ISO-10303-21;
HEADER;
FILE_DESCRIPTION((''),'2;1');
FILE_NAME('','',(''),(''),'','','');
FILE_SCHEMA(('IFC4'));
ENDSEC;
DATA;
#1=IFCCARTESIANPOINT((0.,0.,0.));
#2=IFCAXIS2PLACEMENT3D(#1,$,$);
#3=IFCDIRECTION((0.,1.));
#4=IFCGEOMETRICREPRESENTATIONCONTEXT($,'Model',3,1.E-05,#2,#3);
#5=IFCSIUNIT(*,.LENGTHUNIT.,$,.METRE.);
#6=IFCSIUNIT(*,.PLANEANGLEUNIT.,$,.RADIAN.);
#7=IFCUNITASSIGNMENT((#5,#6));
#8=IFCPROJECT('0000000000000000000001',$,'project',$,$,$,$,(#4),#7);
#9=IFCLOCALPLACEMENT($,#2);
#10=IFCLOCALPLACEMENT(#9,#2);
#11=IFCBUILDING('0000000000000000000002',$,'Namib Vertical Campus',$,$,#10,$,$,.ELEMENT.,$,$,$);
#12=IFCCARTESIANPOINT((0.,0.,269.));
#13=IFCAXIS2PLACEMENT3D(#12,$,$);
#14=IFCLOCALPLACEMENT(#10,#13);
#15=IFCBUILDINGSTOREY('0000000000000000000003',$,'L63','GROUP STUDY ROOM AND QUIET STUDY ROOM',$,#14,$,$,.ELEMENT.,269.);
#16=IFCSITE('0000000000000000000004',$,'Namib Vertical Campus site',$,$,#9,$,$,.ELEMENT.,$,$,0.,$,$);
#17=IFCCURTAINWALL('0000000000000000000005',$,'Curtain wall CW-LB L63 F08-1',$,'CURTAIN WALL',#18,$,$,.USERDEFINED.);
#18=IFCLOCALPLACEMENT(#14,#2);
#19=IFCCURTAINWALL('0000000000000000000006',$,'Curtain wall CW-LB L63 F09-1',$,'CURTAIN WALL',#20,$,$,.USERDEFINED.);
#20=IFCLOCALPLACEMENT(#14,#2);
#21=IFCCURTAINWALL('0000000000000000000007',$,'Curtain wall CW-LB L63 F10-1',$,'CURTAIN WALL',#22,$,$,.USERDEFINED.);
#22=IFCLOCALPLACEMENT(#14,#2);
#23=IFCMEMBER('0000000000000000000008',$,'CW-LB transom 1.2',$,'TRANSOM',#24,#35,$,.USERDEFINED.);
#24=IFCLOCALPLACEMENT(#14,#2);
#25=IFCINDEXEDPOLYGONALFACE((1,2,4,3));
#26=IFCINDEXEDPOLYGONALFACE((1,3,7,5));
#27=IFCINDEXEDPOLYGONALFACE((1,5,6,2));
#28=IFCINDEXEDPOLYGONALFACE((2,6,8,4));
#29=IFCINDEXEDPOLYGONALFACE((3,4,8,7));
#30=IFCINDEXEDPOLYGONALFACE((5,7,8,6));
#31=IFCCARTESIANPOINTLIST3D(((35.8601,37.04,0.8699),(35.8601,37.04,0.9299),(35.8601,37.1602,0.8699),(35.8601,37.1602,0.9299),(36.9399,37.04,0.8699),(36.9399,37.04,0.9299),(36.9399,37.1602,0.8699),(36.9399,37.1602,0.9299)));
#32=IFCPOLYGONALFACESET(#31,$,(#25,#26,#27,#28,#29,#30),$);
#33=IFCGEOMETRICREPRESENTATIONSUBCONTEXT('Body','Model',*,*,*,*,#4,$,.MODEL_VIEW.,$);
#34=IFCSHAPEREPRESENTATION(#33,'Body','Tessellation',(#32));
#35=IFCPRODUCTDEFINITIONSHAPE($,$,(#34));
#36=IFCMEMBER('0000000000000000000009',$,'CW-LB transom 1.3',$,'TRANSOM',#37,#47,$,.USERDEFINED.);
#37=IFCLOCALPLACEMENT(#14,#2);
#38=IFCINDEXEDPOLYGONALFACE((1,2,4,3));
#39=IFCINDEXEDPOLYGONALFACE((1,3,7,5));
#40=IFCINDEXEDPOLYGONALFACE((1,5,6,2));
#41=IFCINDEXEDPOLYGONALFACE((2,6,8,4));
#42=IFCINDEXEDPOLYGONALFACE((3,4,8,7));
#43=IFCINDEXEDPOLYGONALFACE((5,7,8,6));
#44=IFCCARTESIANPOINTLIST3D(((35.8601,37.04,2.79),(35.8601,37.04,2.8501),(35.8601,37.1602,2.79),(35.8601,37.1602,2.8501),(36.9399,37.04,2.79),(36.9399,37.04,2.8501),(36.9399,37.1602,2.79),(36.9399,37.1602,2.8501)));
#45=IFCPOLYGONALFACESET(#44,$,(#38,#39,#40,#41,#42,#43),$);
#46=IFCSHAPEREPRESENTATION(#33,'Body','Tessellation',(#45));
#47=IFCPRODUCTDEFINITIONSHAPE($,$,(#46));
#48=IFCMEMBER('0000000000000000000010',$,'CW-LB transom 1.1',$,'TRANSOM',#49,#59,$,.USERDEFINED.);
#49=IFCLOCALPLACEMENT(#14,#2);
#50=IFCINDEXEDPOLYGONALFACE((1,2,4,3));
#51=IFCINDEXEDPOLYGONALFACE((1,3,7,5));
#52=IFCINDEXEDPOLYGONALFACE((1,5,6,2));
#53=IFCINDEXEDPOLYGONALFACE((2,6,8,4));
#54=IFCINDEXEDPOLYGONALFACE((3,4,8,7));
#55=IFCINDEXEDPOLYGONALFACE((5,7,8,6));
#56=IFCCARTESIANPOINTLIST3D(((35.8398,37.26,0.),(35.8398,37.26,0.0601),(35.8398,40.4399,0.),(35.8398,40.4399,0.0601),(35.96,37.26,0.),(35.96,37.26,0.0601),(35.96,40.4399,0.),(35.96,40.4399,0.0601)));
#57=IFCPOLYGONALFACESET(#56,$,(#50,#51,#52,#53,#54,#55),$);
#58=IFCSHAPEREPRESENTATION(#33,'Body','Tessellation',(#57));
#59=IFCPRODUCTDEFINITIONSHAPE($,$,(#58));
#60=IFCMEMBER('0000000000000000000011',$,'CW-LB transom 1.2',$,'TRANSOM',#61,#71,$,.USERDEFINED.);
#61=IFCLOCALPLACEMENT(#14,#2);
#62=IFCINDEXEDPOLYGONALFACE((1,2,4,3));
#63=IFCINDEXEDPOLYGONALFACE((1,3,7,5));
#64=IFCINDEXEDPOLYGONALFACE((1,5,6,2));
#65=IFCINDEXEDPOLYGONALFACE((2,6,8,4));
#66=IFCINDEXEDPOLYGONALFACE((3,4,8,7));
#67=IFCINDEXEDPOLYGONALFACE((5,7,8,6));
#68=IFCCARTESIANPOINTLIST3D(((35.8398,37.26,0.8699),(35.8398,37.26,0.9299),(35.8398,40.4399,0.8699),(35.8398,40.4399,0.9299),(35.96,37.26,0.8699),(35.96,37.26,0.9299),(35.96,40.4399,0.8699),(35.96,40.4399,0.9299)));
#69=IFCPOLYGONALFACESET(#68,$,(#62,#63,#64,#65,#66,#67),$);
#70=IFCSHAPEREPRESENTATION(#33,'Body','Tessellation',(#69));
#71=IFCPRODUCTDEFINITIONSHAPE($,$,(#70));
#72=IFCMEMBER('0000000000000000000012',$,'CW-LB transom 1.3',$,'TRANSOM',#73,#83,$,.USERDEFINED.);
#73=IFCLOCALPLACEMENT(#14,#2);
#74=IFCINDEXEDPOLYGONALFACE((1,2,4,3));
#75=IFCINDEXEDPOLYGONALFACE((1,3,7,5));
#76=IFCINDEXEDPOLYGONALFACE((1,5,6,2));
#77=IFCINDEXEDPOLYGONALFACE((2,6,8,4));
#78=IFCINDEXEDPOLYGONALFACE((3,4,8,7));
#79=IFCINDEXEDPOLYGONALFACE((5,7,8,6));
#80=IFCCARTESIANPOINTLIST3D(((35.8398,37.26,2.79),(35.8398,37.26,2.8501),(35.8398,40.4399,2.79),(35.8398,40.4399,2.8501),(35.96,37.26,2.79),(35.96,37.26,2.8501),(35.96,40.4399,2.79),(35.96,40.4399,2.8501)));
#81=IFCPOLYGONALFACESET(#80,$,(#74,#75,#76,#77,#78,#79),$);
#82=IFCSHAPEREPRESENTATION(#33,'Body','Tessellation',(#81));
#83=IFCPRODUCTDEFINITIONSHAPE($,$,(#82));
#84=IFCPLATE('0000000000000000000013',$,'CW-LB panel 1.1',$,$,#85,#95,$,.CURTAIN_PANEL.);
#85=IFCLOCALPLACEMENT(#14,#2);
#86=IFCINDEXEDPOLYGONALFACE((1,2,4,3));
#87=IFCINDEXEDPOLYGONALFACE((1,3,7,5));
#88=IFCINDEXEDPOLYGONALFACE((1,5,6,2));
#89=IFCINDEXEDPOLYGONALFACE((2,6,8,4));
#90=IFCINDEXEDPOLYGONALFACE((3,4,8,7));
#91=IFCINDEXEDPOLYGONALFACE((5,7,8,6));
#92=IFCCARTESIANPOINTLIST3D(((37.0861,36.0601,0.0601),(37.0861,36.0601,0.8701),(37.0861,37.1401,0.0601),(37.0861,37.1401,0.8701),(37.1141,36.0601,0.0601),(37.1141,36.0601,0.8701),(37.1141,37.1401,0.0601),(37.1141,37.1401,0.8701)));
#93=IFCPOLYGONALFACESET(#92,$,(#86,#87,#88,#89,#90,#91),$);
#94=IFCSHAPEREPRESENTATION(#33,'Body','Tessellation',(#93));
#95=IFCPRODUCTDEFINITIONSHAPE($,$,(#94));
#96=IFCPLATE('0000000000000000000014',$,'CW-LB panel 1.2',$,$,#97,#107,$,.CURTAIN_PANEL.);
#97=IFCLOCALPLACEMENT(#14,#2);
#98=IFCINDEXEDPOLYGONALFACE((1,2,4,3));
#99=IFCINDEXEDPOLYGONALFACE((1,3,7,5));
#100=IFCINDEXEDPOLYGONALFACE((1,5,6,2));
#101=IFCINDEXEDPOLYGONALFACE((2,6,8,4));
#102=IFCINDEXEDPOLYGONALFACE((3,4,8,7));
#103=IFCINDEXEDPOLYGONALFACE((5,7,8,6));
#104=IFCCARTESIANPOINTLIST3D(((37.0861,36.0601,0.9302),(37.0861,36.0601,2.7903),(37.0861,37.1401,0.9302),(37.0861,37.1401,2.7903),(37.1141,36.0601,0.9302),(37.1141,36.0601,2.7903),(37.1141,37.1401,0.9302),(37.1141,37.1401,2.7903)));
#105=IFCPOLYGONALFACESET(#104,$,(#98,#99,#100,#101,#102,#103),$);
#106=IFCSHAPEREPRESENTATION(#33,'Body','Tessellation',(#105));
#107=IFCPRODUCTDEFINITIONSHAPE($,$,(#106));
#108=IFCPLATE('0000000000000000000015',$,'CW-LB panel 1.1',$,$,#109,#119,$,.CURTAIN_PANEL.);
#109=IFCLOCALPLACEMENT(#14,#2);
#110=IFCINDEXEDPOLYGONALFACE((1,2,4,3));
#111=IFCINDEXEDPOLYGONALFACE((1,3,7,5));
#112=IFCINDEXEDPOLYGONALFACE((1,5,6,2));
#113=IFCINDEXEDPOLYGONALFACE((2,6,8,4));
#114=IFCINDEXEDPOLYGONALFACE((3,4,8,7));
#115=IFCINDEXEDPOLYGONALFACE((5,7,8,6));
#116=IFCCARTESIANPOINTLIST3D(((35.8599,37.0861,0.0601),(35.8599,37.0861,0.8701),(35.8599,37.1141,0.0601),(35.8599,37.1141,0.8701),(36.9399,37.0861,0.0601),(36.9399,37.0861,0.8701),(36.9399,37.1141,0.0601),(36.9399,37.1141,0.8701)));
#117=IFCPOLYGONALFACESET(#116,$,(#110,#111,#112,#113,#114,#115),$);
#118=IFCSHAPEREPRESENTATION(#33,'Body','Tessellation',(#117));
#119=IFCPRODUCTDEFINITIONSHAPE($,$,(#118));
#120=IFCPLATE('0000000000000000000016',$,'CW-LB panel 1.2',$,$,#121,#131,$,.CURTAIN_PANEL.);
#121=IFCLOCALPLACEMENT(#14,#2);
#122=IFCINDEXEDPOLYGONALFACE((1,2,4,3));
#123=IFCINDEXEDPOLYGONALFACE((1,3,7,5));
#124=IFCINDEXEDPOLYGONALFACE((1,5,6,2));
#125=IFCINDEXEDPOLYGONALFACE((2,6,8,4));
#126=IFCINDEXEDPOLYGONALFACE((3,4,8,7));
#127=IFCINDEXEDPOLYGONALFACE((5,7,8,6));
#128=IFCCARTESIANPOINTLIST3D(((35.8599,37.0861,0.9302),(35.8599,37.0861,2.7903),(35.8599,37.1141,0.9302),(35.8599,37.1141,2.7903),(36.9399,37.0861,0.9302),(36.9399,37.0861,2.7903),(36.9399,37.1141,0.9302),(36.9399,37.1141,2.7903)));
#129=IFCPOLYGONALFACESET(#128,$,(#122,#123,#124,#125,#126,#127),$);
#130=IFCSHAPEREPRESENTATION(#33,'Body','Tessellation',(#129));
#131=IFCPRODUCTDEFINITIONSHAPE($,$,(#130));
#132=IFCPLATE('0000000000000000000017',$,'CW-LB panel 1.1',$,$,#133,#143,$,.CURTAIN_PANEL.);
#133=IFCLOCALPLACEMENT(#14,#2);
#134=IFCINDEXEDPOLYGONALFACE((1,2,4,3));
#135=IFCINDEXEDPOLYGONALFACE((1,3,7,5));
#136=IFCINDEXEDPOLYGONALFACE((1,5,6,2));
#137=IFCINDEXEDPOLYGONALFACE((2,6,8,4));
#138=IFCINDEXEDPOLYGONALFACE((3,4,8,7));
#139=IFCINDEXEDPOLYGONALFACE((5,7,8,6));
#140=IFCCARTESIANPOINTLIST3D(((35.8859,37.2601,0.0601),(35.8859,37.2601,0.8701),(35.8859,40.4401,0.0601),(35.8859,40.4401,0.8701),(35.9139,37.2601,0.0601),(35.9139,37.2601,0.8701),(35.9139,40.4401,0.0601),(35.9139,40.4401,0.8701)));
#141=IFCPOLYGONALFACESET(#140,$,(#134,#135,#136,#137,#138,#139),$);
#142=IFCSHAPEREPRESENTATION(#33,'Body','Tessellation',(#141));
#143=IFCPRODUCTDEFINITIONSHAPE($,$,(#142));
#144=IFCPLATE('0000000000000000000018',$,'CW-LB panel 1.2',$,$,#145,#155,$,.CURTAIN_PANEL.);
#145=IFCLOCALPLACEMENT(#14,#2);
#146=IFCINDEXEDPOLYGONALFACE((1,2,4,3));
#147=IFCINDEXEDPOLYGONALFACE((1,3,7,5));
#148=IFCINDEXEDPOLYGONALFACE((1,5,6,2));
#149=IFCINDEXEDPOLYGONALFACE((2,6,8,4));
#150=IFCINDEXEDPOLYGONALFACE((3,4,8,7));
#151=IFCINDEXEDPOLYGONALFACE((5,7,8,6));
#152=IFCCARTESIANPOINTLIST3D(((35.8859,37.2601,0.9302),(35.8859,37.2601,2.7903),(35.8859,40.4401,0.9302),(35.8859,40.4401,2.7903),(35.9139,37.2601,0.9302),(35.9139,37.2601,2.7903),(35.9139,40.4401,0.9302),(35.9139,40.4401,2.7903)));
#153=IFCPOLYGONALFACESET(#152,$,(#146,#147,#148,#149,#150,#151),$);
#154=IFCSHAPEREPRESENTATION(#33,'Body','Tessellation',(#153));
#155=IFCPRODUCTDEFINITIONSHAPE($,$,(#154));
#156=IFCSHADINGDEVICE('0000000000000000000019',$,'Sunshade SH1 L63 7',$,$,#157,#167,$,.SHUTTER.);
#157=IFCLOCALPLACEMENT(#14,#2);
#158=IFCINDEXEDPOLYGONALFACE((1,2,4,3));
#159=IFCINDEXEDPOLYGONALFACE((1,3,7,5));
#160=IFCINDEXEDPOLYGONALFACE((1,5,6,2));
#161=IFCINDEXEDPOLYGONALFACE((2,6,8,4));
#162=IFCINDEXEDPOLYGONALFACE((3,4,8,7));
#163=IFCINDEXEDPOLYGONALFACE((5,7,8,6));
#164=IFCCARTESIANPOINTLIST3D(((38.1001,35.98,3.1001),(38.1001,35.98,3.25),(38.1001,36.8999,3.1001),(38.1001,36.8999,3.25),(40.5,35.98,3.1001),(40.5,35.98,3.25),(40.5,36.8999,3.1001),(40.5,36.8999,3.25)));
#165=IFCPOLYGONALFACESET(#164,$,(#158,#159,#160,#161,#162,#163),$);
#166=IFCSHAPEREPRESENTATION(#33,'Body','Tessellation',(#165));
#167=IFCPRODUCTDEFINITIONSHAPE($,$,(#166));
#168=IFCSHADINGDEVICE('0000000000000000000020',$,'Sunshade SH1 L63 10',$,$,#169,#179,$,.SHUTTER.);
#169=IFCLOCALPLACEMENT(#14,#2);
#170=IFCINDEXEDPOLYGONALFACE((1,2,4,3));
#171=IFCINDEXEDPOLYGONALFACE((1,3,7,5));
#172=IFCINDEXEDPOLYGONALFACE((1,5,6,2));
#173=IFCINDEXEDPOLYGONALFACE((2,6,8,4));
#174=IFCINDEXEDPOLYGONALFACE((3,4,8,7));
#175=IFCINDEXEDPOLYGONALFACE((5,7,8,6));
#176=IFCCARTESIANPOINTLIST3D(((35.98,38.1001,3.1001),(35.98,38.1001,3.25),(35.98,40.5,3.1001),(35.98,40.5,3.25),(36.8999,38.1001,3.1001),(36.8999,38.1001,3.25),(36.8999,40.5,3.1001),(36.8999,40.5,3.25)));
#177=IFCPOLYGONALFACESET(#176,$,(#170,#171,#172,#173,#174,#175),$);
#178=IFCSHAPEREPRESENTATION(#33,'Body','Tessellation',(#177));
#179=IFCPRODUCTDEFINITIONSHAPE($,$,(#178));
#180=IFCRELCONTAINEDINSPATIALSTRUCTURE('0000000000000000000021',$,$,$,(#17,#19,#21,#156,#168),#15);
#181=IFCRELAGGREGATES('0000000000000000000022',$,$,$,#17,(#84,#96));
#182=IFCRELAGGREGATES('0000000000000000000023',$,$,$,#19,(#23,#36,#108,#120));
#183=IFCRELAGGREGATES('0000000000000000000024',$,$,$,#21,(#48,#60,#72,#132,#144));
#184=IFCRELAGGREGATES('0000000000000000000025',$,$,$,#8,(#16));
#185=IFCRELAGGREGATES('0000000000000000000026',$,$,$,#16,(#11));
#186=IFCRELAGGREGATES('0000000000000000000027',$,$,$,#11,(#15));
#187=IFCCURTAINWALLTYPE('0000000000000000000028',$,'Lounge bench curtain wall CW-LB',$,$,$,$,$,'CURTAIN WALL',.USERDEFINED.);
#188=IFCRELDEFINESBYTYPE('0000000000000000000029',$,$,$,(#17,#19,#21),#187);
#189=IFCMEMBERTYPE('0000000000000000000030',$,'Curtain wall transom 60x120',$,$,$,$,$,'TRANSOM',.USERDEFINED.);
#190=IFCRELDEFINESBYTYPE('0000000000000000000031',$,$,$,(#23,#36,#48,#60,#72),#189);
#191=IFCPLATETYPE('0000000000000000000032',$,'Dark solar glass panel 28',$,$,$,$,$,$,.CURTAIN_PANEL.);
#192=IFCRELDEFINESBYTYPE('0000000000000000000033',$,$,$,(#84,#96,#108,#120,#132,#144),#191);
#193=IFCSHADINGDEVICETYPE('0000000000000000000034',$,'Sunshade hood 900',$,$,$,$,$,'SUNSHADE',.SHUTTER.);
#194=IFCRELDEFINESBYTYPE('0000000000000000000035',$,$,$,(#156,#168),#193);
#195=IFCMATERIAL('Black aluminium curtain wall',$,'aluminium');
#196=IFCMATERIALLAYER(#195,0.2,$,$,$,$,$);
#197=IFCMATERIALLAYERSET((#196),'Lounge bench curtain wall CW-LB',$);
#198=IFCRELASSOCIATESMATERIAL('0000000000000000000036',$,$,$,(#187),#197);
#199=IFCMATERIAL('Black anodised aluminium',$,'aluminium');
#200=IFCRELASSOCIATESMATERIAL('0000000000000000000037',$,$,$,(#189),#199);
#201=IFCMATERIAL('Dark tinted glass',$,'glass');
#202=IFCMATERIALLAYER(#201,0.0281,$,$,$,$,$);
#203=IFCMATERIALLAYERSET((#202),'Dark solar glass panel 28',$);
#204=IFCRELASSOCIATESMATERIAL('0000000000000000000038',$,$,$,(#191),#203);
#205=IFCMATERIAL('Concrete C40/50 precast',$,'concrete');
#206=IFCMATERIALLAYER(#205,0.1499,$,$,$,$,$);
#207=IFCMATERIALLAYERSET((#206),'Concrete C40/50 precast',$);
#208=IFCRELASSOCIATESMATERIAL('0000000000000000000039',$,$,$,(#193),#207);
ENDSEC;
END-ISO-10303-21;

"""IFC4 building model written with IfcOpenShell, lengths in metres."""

from ifc_helpers import new_model, si_unit, direction, frame, origin, origin_2d, place, context, subcontext, project, spatial, rectangle, extrude, material, layer, layer_set, material_profile, profile_set, type_object, element, aggregate, save


model = new_model("IFC4")

# Units and contexts
model_context = context("Model", 3, precision=1e-05, world=origin(), true_north=direction((0.0, 1.0)))
body_context = subcontext(model_context, "Body", "Model", "MODEL_VIEW")
ifc_project = project(units=[si_unit("LENGTHUNIT", "METRE"), si_unit("PLANEANGLEUNIT", "RADIAN")], contexts=[model_context])

# Site, building, storey
site_placement = place(None, origin())
site = spatial("IfcSite", under=ifc_project, at=site_placement, Name="Namib Vertical Campus site", CompositionType="ELEMENT", RefElevation=0.0)
building_placement = place(site_placement, origin())
building = spatial("IfcBuilding", under=site, at=building_placement, Name="Namib Vertical Campus", CompositionType="ELEMENT")
storey_placement = place(building_placement, frame((0.0, 0.0, 269.0)))
storey = spatial("IfcBuildingStorey", under=building, at=storey_placement, Name="L63", Description="GROUP STUDY ROOM AND QUIET STUDY ROOM", CompositionType="ELEMENT", Elevation=269.0)

# Curtain walls
ifc_material_1 = material(Name="Black aluminium curtain wall", Category="aluminium")
ifc_layer_1 = layer(ifc_material_1, 0.2)
ifc_layer_set_1 = layer_set([ifc_layer_1], Name="Lounge bench curtain wall CW-LB")
curtain_wall_type = type_object("IfcCurtainWallType", Name="Lounge bench curtain wall CW-LB", ElementType="CURTAIN WALL", PredefinedType="USERDEFINED", material=ifc_layer_set_1)
curtain_wall_1_placement = place(storey_placement, origin())
curtain_wall_1 = element("IfcCurtainWall", 1, at=curtain_wall_1_placement, inside=storey, type_object=curtain_wall_type, Name="Curtain wall CW-LB L63 F08-1", ObjectType="CURTAIN WALL", PredefinedType="USERDEFINED")
curtain_wall_2_placement = place(storey_placement, origin())
curtain_wall_2 = element("IfcCurtainWall", 2, at=curtain_wall_2_placement, inside=storey, type_object=curtain_wall_type, Name="Curtain wall CW-LB L63 F09-1", ObjectType="CURTAIN WALL", PredefinedType="USERDEFINED")
curtain_wall_3_placement = place(storey_placement, origin())
curtain_wall_3 = element("IfcCurtainWall", 3, at=curtain_wall_3_placement, inside=storey, type_object=curtain_wall_type, Name="Curtain wall CW-LB L63 F10-1", ObjectType="CURTAIN WALL", PredefinedType="USERDEFINED")

# Members
ifc_material_2 = material(Name="Black anodised aluminium", Category="aluminium")
ifc_material_profile_1 = material_profile(ifc_material_2, rectangle(XDim=0.0601, YDim=0.1201, at=origin_2d()))
ifc_profile_set_1 = profile_set([ifc_material_profile_1], Name="Black anodised aluminium")
member_type_1 = type_object("IfcMemberType", Name="Curtain wall transom 60x120", ElementType="TRANSOM", PredefinedType="USERDEFINED", material=ifc_profile_set_1)
member_1_placement = place(storey_placement, frame((36.9399, 37.1001, 0.8999), z_axis=(-1.0, 0.0, 0.0), x_axis=(0.0, 0.0, 1.0)))
member_1 = element("IfcMember", 4, at=member_1_placement, type_object=member_type_1, Name="CW-LB transom 1.2", ObjectType="TRANSOM", PredefinedType="USERDEFINED", context=body_context, shape_type="SweptSolid", body=[
    extrude(rectangle(XDim=0.0601, YDim=0.1201, at=origin_2d()), origin(), (0.0, 0.0, 1.0), 1.0798),
])
member_2_placement = place(storey_placement, frame((36.9399, 37.1001, 2.8201), z_axis=(-1.0, 0.0, 0.0), x_axis=(0.0, 0.0, 1.0)))
member_2 = element("IfcMember", 5, at=member_2_placement, type_object=member_type_1, Name="CW-LB transom 1.3", ObjectType="TRANSOM", PredefinedType="USERDEFINED", context=body_context, shape_type="SweptSolid", body=[
    extrude(rectangle(XDim=0.0601, YDim=0.1201, at=origin_2d()), origin(), (0.0, 0.0, 1.0), 1.0798),
])
member_3_placement = place(storey_placement, frame((35.8999, 37.26, 0.03), z_axis=(0.0, 1.0, 0.0), x_axis=(0.0, 0.0, 1.0)))
member_3 = element("IfcMember", 6, at=member_3_placement, type_object=member_type_1, Name="CW-LB transom 1.1", ObjectType="TRANSOM", PredefinedType="USERDEFINED", context=body_context, shape_type="SweptSolid", body=[
    extrude(rectangle(XDim=0.0601, YDim=0.1201, at=origin_2d()), origin(), (0.0, 0.0, 1.0), 3.1799),
])
member_4_placement = place(storey_placement, frame((35.8999, 37.26, 0.8999), z_axis=(0.0, 1.0, 0.0), x_axis=(0.0, 0.0, 1.0)))
member_4 = element("IfcMember", 7, at=member_4_placement, type_object=member_type_1, Name="CW-LB transom 1.2", ObjectType="TRANSOM", PredefinedType="USERDEFINED", context=body_context, shape_type="SweptSolid", body=[
    extrude(rectangle(XDim=0.0601, YDim=0.1201, at=origin_2d()), origin(), (0.0, 0.0, 1.0), 3.1799),
])
member_5_placement = place(storey_placement, frame((35.8999, 37.26, 2.8201), z_axis=(0.0, 1.0, 0.0), x_axis=(0.0, 0.0, 1.0)))
member_5 = element("IfcMember", 8, at=member_5_placement, type_object=member_type_1, Name="CW-LB transom 1.3", ObjectType="TRANSOM", PredefinedType="USERDEFINED", context=body_context, shape_type="SweptSolid", body=[
    extrude(rectangle(XDim=0.0601, YDim=0.1201, at=origin_2d()), origin(), (0.0, 0.0, 1.0), 3.1799),
])

# Plates
ifc_material_3 = material(Name="Dark tinted glass", Category="glass")
ifc_layer_2 = layer(ifc_material_3, 0.0281)
ifc_layer_set_2 = layer_set([ifc_layer_2], Name="Dark solar glass panel 28")
plate_type = type_object("IfcPlateType", Name="Dark solar glass panel 28", PredefinedType="CURTAIN_PANEL", material=ifc_layer_set_2)
plate_1_placement = place(storey_placement, frame((37.1001, 36.6001, 0.0601), z_axis=(0.0, 0.0, 1.0), x_axis=(0.0, 1.0, 0.0)))
plate_1 = element("IfcPlate", 9, at=plate_1_placement, type_object=plate_type, Name="CW-LB panel 1.1", PredefinedType="CURTAIN_PANEL", context=body_context, shape_type="SweptSolid", body=[
    extrude(rectangle(XDim=1.0801, YDim=0.0281, at=origin_2d()), origin(), (0.0, 0.0, 1.0), 0.8101),
])
plate_2_placement = place(storey_placement, frame((37.1001, 36.6001, 0.9302), z_axis=(0.0, 0.0, 1.0), x_axis=(0.0, 1.0, 0.0)))
plate_2 = element("IfcPlate", 10, at=plate_2_placement, type_object=plate_type, Name="CW-LB panel 1.2", PredefinedType="CURTAIN_PANEL", context=body_context, shape_type="SweptSolid", body=[
    extrude(rectangle(XDim=1.0801, YDim=0.0281, at=origin_2d()), origin(), (0.0, 0.0, 1.0), 1.8601),
])
aggregate(curtain_wall_1, [plate_1, plate_2])
plate_3_placement = place(storey_placement, frame((36.3999, 37.1001, 0.0601), z_axis=(0.0, 0.0, 1.0), x_axis=(-1.0, 0.0, 0.0)))
plate_3 = element("IfcPlate", 11, at=plate_3_placement, type_object=plate_type, Name="CW-LB panel 1.1", PredefinedType="CURTAIN_PANEL", context=body_context, shape_type="SweptSolid", body=[
    extrude(rectangle(XDim=1.0801, YDim=0.0281, at=origin_2d()), origin(), (0.0, 0.0, 1.0), 0.8101),
])
plate_4_placement = place(storey_placement, frame((36.3999, 37.1001, 0.9302), z_axis=(0.0, 0.0, 1.0), x_axis=(-1.0, 0.0, 0.0)))
plate_4 = element("IfcPlate", 12, at=plate_4_placement, type_object=plate_type, Name="CW-LB panel 1.2", PredefinedType="CURTAIN_PANEL", context=body_context, shape_type="SweptSolid", body=[
    extrude(rectangle(XDim=1.0801, YDim=0.0281, at=origin_2d()), origin(), (0.0, 0.0, 1.0), 1.8601),
])
aggregate(curtain_wall_2, [member_1, member_2, plate_3, plate_4])
plate_5_placement = place(storey_placement, frame((35.8999, 38.8501, 0.0601), z_axis=(0.0, 0.0, 1.0), x_axis=(0.0, 1.0, 0.0)))
plate_5 = element("IfcPlate", 13, at=plate_5_placement, type_object=plate_type, Name="CW-LB panel 1.1", PredefinedType="CURTAIN_PANEL", context=body_context, shape_type="SweptSolid", body=[
    extrude(rectangle(XDim=3.1799, YDim=0.0281, at=origin_2d()), origin(), (0.0, 0.0, 1.0), 0.8101),
])
plate_6_placement = place(storey_placement, frame((35.8999, 38.8501, 0.9302), z_axis=(0.0, 0.0, 1.0), x_axis=(0.0, 1.0, 0.0)))
plate_6 = element("IfcPlate", 14, at=plate_6_placement, type_object=plate_type, Name="CW-LB panel 1.2", PredefinedType="CURTAIN_PANEL", context=body_context, shape_type="SweptSolid", body=[
    extrude(rectangle(XDim=3.1799, YDim=0.0281, at=origin_2d()), origin(), (0.0, 0.0, 1.0), 1.8601),
])
aggregate(curtain_wall_3, [member_3, member_4, member_5, plate_5, plate_6])

# Shading devices
ifc_material_4 = material(Name="Concrete C40/50 precast", Category="concrete")
ifc_layer_3 = layer(ifc_material_4, 0.1499)
ifc_layer_set_3 = layer_set([ifc_layer_3], Name="Concrete C40/50 precast")
shading_device_type = type_object("IfcShadingDeviceType", Name="Sunshade hood 900", ElementType="SUNSHADE", PredefinedType="SHUTTER", material=ifc_layer_set_3)
for number, where, z_axis, x_axis, name in (
    (15, (39.3, 36.4399, 3.1001), (0.0, 0.0, 1.0), (-1.0, 0.0, 0.0), "Sunshade SH1 L63 7"),
    (16, (36.4399, 39.3, 3.1001), (0.0, 0.0, 1.0), (0.0, 1.0, 0.0), "Sunshade SH1 L63 10"),
):
    element("IfcShadingDevice", number, at=place(storey_placement, frame(where, z_axis=z_axis, x_axis=x_axis)), inside=storey, type_object=shading_device_type, Name=name, PredefinedType="SHUTTER", context=body_context, shape_type="SweptSolid", body=[
        extrude(rectangle(XDim=2.3999, YDim=0.9199, at=origin_2d()), origin(), (0.0, 0.0, 1.0), 0.1499),
    ])

save(model, "model.ifc")
